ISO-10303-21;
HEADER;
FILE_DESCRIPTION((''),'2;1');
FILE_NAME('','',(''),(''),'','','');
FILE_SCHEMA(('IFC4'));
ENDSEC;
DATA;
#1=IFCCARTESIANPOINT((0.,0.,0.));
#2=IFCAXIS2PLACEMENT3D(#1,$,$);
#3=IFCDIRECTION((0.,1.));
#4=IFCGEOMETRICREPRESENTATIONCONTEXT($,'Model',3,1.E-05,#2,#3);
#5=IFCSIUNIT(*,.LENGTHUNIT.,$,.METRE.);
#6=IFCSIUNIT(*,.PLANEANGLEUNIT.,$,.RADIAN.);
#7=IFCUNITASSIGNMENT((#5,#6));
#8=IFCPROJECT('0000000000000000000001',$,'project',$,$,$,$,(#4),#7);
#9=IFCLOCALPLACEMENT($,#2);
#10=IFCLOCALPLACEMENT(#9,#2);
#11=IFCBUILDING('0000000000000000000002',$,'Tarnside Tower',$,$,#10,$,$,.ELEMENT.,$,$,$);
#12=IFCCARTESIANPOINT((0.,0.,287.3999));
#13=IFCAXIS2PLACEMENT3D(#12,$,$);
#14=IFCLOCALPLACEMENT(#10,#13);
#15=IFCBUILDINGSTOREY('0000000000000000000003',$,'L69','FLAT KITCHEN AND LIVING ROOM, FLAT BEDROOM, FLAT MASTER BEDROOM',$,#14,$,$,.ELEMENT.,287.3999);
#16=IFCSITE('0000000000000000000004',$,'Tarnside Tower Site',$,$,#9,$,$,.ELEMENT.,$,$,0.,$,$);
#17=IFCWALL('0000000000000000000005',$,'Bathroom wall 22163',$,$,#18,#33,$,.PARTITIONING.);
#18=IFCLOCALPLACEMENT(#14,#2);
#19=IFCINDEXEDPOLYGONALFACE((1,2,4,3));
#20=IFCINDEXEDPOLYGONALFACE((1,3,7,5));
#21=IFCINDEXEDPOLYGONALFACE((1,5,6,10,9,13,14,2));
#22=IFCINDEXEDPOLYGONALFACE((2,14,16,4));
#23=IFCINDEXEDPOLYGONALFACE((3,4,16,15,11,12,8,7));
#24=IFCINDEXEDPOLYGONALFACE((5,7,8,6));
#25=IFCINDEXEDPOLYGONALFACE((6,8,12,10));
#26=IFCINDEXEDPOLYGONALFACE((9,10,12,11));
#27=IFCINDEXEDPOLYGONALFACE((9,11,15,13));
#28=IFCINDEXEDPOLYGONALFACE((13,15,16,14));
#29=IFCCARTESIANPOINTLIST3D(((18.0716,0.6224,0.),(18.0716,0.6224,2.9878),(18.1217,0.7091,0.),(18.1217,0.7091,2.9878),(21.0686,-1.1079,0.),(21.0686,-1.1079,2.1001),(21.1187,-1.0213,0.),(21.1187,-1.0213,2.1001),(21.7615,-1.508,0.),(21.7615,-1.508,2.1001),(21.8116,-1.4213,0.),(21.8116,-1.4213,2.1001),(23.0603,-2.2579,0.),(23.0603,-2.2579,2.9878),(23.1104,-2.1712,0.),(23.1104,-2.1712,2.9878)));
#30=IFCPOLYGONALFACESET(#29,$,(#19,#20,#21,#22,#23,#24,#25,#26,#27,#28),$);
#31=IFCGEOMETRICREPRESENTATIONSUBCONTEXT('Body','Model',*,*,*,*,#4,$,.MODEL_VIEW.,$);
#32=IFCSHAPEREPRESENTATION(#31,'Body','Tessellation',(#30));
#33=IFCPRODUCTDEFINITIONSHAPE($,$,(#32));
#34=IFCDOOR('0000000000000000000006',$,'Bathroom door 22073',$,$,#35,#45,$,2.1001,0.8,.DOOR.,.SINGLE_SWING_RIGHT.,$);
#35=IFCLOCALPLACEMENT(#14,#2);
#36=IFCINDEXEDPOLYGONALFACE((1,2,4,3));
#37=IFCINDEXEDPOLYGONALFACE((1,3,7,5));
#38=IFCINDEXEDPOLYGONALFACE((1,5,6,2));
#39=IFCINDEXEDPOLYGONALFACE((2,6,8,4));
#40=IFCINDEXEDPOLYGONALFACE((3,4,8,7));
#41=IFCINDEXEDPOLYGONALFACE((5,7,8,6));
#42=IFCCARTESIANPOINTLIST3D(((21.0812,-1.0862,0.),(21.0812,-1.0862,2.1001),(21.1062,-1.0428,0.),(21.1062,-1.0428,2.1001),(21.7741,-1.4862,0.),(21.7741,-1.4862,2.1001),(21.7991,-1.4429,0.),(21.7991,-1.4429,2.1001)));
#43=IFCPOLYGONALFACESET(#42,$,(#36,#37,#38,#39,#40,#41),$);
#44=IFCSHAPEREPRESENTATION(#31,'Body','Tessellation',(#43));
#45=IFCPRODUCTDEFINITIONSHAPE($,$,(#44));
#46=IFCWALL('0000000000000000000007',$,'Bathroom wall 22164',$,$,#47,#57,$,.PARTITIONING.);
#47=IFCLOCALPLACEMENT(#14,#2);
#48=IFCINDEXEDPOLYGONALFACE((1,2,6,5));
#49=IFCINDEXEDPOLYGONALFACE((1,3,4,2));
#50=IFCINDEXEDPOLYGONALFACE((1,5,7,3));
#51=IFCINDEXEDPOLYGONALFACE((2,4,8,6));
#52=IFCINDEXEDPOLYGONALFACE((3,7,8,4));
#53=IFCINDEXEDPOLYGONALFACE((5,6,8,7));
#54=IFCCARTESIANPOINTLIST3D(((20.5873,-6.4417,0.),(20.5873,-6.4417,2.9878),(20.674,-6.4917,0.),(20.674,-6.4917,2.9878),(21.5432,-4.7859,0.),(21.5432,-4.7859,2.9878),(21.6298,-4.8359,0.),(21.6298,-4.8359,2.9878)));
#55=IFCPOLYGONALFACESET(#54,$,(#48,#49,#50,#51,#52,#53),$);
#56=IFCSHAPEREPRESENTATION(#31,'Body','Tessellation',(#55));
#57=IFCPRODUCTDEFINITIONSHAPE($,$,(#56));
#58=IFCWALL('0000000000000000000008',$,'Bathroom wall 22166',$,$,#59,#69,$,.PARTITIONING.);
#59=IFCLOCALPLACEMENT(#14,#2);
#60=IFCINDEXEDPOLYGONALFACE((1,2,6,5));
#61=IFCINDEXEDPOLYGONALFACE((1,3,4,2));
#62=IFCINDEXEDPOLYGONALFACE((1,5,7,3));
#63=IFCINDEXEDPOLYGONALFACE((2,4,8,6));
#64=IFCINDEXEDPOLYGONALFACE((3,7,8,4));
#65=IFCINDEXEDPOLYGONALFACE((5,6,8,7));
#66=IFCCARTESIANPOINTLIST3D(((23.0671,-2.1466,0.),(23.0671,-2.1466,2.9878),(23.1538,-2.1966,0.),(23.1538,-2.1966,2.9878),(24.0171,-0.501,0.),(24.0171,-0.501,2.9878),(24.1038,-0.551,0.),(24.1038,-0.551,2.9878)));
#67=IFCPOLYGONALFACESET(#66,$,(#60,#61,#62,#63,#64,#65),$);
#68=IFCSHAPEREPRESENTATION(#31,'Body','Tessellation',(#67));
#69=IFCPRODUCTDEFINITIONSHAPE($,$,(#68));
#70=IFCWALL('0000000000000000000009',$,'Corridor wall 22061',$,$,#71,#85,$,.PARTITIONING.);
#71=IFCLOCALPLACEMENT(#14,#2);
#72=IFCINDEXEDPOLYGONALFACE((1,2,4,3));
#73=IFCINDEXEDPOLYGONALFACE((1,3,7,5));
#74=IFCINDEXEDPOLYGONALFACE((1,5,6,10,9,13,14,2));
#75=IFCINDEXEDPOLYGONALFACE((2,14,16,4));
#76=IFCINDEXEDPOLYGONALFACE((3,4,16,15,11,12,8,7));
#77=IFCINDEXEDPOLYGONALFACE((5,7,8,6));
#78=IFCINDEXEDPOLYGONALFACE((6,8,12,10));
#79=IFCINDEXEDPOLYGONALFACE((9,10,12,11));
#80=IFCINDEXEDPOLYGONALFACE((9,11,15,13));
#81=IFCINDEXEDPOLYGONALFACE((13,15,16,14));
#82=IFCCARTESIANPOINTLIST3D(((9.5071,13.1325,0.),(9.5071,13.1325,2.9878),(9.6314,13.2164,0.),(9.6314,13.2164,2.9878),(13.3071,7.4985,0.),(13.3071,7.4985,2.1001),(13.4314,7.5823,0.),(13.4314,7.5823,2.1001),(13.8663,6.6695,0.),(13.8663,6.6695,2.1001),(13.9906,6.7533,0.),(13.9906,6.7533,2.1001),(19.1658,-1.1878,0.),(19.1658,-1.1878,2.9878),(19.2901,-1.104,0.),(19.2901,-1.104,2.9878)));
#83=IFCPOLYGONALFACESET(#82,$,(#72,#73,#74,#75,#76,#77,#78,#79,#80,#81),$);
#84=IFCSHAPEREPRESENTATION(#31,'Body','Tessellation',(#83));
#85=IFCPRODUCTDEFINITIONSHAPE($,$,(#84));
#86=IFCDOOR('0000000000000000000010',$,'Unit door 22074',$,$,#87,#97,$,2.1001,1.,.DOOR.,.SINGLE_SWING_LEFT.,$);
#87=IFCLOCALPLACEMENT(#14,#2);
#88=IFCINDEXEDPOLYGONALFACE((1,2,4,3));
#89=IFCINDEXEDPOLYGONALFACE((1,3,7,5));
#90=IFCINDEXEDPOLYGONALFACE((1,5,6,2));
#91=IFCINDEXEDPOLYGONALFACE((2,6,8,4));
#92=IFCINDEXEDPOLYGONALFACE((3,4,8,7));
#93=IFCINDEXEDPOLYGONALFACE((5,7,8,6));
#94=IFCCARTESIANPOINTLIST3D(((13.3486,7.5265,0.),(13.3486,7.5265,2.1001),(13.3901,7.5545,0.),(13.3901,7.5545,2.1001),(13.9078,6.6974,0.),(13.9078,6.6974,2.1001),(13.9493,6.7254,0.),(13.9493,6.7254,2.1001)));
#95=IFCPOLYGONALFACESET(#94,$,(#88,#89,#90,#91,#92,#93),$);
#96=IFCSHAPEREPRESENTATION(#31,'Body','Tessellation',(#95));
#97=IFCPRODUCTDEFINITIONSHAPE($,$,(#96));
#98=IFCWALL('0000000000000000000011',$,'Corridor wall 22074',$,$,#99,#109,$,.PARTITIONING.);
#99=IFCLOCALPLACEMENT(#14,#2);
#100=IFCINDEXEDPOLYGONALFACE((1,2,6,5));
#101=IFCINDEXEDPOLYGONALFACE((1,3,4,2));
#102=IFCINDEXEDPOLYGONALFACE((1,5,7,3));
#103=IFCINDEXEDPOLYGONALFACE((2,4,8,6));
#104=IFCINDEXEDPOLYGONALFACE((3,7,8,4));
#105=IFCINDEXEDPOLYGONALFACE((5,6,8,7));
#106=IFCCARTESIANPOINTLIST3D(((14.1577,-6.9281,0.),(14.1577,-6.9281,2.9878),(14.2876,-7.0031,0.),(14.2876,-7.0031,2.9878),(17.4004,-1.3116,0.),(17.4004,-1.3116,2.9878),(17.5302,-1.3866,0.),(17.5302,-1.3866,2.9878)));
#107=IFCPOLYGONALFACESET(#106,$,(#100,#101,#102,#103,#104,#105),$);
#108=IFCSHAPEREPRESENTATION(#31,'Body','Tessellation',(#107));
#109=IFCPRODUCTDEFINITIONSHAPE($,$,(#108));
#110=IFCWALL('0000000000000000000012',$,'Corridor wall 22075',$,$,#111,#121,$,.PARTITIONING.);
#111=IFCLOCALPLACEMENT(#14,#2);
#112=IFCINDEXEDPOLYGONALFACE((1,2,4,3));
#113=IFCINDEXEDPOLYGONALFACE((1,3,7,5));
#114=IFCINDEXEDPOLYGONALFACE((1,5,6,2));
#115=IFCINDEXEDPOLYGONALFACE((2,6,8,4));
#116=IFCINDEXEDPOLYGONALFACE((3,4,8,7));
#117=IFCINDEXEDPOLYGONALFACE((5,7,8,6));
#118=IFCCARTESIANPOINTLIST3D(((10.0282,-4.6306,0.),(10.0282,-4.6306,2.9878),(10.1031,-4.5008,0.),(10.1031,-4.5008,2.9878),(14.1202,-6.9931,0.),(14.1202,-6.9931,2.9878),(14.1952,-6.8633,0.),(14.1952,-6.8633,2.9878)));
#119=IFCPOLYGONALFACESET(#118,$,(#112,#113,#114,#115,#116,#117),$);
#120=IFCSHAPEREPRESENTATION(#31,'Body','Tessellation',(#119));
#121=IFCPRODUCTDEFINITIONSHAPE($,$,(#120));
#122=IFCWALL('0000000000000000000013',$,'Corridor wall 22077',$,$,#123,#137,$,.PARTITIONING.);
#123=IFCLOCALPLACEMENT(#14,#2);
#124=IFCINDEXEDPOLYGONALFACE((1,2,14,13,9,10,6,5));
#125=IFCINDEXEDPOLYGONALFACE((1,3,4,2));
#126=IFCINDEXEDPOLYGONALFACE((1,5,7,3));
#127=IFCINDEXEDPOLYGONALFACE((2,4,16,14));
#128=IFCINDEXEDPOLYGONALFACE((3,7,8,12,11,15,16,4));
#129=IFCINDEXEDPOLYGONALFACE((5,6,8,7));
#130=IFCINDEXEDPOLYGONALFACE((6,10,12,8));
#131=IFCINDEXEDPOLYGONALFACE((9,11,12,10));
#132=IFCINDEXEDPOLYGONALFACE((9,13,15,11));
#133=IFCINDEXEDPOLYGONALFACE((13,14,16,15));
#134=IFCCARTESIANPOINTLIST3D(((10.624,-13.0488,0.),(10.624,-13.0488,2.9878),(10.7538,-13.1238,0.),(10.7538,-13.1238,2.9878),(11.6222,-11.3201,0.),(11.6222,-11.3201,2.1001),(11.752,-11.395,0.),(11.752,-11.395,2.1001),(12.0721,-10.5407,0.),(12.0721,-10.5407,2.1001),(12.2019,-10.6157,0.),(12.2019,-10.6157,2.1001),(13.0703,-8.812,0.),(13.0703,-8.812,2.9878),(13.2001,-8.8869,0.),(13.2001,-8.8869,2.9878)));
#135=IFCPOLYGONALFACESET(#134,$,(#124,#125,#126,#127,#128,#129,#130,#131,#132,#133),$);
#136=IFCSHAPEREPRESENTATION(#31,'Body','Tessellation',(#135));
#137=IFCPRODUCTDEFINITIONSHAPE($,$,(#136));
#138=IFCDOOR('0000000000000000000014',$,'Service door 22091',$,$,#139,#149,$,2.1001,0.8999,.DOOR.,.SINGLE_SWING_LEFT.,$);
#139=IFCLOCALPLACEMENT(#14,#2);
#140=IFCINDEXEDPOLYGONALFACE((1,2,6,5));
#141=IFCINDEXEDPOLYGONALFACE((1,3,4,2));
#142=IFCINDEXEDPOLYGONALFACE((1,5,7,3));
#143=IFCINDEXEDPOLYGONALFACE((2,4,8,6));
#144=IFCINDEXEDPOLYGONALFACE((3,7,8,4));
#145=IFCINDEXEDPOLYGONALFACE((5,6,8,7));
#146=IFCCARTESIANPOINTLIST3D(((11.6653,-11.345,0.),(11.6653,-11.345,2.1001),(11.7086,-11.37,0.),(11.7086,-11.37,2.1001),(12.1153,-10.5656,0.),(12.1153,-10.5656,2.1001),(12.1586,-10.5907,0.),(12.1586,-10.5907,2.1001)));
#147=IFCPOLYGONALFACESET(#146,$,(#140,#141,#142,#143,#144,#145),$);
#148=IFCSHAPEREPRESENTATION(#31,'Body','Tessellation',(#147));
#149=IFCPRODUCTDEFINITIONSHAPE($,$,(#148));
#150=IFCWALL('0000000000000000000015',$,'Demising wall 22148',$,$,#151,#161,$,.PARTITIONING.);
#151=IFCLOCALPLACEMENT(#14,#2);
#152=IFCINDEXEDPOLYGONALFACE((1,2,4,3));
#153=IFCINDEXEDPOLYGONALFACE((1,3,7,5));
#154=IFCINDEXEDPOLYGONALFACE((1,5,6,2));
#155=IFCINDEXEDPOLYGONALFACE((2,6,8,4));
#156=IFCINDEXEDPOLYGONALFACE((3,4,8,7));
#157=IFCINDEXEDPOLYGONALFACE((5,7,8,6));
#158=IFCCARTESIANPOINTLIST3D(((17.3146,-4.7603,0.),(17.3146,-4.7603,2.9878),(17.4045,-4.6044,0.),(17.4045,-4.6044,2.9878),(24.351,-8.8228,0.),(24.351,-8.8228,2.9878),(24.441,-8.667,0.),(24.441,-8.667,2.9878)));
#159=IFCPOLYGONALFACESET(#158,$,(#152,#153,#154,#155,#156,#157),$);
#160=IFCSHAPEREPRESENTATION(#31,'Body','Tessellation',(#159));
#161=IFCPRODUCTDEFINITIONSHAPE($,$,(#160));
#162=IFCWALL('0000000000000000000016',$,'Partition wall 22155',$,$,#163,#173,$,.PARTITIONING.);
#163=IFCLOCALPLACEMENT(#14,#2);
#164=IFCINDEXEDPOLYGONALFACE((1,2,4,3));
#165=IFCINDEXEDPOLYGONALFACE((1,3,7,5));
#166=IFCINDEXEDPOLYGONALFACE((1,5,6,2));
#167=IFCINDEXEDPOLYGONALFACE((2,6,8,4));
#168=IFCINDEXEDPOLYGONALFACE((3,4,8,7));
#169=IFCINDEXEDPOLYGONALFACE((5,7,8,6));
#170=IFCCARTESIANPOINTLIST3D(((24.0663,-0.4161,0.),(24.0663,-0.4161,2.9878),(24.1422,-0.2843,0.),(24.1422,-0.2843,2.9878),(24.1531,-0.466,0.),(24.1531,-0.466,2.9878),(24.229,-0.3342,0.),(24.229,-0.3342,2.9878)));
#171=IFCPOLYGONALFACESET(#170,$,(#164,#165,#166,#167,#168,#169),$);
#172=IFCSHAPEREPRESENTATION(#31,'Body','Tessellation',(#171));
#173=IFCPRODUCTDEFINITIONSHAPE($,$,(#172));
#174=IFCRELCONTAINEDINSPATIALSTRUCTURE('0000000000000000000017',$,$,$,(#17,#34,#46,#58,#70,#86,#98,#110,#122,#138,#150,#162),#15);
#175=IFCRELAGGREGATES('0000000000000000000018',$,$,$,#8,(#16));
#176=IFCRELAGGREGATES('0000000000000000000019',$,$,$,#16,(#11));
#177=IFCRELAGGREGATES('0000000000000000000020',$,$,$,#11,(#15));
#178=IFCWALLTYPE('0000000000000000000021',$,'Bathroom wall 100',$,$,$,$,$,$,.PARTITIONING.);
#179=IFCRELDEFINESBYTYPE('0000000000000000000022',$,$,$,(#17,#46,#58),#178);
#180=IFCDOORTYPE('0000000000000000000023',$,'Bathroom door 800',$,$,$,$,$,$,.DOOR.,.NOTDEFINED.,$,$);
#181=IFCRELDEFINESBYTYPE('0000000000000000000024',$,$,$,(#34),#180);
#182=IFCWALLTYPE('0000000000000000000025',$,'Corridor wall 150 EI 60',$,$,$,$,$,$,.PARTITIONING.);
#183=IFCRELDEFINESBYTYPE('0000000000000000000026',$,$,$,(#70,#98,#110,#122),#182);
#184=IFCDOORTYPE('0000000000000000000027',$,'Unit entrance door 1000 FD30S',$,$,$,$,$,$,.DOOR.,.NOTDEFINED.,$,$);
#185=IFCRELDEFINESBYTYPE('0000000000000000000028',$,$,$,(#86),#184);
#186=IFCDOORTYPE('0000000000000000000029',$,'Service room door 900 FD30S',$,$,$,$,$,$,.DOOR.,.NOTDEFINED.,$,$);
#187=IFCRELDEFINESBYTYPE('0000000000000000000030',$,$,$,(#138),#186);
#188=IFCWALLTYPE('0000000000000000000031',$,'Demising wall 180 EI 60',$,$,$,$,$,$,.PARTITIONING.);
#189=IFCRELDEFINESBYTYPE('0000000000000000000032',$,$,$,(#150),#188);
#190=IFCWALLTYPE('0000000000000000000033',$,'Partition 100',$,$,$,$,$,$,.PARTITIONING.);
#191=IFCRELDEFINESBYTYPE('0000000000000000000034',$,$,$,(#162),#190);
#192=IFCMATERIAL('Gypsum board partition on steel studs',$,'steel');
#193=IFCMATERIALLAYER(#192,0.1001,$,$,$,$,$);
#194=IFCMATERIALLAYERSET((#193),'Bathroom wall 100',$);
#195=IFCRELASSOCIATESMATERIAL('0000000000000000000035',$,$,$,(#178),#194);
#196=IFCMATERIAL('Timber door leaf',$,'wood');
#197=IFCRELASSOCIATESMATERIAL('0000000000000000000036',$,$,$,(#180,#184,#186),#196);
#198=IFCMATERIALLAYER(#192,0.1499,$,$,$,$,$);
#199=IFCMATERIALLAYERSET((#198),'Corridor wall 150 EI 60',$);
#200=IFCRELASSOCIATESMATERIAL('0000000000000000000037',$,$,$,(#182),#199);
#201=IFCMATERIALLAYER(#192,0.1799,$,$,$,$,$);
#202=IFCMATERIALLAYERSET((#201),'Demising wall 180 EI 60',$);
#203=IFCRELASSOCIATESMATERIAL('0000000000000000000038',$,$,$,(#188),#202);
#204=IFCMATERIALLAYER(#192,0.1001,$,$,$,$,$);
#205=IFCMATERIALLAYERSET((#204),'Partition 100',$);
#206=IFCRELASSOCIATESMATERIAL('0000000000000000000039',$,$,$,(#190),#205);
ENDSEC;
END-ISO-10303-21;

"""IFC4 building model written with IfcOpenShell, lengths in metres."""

from ifc_helpers import new_model, si_unit, direction, frame, frame_2d, origin, place, context, subcontext, project, spatial, rectangle, extrude, material, layer, layer_set, type_object, element, fill, save


model = new_model("IFC4")

# Units and contexts
model_context = context("Model", 3, precision=1e-05, world=origin(), true_north=direction((0.0, 1.0)))
body_context = subcontext(model_context, "Body", "Model", "MODEL_VIEW")
ifc_project = project(units=[si_unit("LENGTHUNIT", "METRE"), si_unit("PLANEANGLEUNIT", "RADIAN")], contexts=[model_context])

# Site, building, storey
site_placement = place(None, origin())
site = spatial("IfcSite", under=ifc_project, at=site_placement, Name="Tarnside Tower Site", CompositionType="ELEMENT", RefElevation=0.0)
building_placement = place(site_placement, origin())
building = spatial("IfcBuilding", under=site, at=building_placement, Name="Tarnside Tower", CompositionType="ELEMENT")
storey_placement = place(building_placement, frame((0.0, 0.0, 287.3999)))
storey = spatial("IfcBuildingStorey", under=building, at=storey_placement, Name="L69", Description="FLAT KITCHEN AND LIVING ROOM, FLAT BEDROOM, FLAT MASTER BEDROOM", CompositionType="ELEMENT", Elevation=287.3999)

# Shared definitions
ifc_material_1 = material(Name="Gypsum board partition on steel studs", Category="steel")
ifc_layer_1 = layer(ifc_material_1, 0.1001)
ifc_layer_set_1 = layer_set([ifc_layer_1], Name="Bathroom wall 100")
wall_type_1 = type_object("IfcWallType", Name="Bathroom wall 100", PredefinedType="PARTITIONING", material=ifc_layer_set_1)

# Wall, opening, door
ifc_material_2 = material(Name="Timber door leaf", Category="wood")
door_type_1 = type_object("IfcDoorType", Name="Bathroom door 800", OperationType="NOTDEFINED", PredefinedType="DOOR", material=ifc_material_2)
wall_1_placement = place(storey_placement, frame((23.0854, -2.2146, 0.0), z_axis=(0.0, 0.0, 1.0), x_axis=(-0.866018, 0.500013, 0.0)))
wall_1 = element("IfcWall", 1, at=wall_1_placement, inside=storey, type_object=wall_type_1, Name="Bathroom wall 22163", PredefinedType="PARTITIONING", context=body_context, shape_type="SweptSolid", body=[
    extrude(rectangle(XDim=5.7605, YDim=0.1001, at=frame_2d((2.8804, 0.0))), origin(), (0.0, 0.0, 1.0), 2.9878),
])
opening_1_placement = place(wall_1_placement, frame((1.5, 0.0, 0.0)))
opening_1 = element("IfcOpeningElement", 2, at=opening_1_placement, cuts=wall_1, PredefinedType="OPENING", context=body_context, shape_type="SweptSolid", body=[
    extrude(rectangle(XDim=0.8, YDim=2.1001, at=frame_2d((0.3999, 1.05))), frame((0.0, 0.0601, 0.0), z_axis=(0.0, -1.0, 0.0), x_axis=(1.0, 0.0, 0.0)), (0.0, 0.0, 1.0), 0.1201),
])
door_1_placement = place(opening_1_placement, origin())
door_1 = element("IfcDoor", 3, at=door_1_placement, inside=storey, type_object=door_type_1, Name="Bathroom door 22073", OperationType="SINGLE_SWING_RIGHT", OverallHeight=2.1001, OverallWidth=0.8, PredefinedType="DOOR", context=body_context, shape_type="SweptSolid", body=[
    extrude(rectangle(XDim=0.8, YDim=2.1001, at=frame_2d((0.3999, 1.05))), frame((0.0, 0.0249, 0.0), z_axis=(0.0, -1.0, 0.0), x_axis=(1.0, 0.0, 0.0)), (0.0, 0.0, 1.0), 0.05),
])
fill(opening_1, door_1)

# Walls
wall_2_placement = place(storey_placement, frame((20.6306, -6.4668, 0.0), z_axis=(0.0, 0.0, 1.0), x_axis=(0.499944, 0.866058, 0.0)))
element("IfcWall", 4, at=wall_2_placement, inside=storey, type_object=wall_type_1, Name="Bathroom wall 22164", PredefinedType="PARTITIONING", context=body_context, shape_type="SweptSolid", body=[
    extrude(rectangle(XDim=1.9119, YDim=0.1001, at=frame_2d((0.9561, 0.0))), origin(), (0.0, 0.0, 1.0), 2.9878),
])
wall_3_placement = place(storey_placement, frame((24.0605, -0.5259, 0.0), z_axis=(0.0, 0.0, 1.0), x_axis=(-0.499967, -0.866044, 0.0)))
element("IfcWall", 5, at=wall_3_placement, inside=storey, type_object=wall_type_1, Name="Bathroom wall 22166", PredefinedType="PARTITIONING", context=body_context, shape_type="SweptSolid", body=[
    extrude(rectangle(XDim=1.9001, YDim=0.1001, at=frame_2d((0.9502, 0.0))), origin(), (0.0, 0.0, 1.0), 2.9878),
])

# Wall, opening, door
ifc_layer_2 = layer(ifc_material_1, 0.1499)
ifc_layer_set_2 = layer_set([ifc_layer_2], Name="Corridor wall 150 EI 60")
wall_type_2 = type_object("IfcWallType", Name="Corridor wall 150 EI 60", PredefinedType="PARTITIONING", material=ifc_layer_set_2)
wall_4_placement = place(storey_placement, frame((19.228, -1.146, 0.0), z_axis=(0.0, 0.0, 1.0), x_axis=(-0.559174, 0.82905, 0.0)))
wall_4 = element("IfcWall", 6, at=wall_4_placement, inside=storey, type_object=wall_type_2, Name="Corridor wall 22061", PredefinedType="PARTITIONING", context=body_context, shape_type="SweptSolid", body=[
    extrude(rectangle(XDim=17.2732, YDim=0.1499, at=frame_2d((8.6367, 0.0))), origin(), (0.0, 0.0, 1.0), 2.9878),
])
opening_2_placement = place(wall_4_placement, frame((9.4775, 0.0, 0.0)))
opening_2 = element("IfcOpeningElement", 7, at=opening_2_placement, cuts=wall_4, PredefinedType="OPENING", context=body_context, shape_type="SweptSolid", body=[
    extrude(rectangle(XDim=1.0, YDim=2.1001, at=frame_2d((0.5, 1.05))), frame((0.0, 0.085, 0.0), z_axis=(0.0, -1.0, 0.0), x_axis=(1.0, 0.0, 0.0)), (0.0, 0.0, 1.0), 0.1699),
])
door_type_2 = type_object("IfcDoorType", Name="Unit entrance door 1000 FD30S", OperationType="NOTDEFINED", PredefinedType="DOOR", material=ifc_material_2)
door_2_placement = place(opening_2_placement, origin())
door_2 = element("IfcDoor", 8, at=door_2_placement, inside=storey, type_object=door_type_2, Name="Unit door 22074", OperationType="SINGLE_SWING_LEFT", OverallHeight=2.1001, OverallWidth=1.0, PredefinedType="DOOR", context=body_context, shape_type="SweptSolid", body=[
    extrude(rectangle(XDim=1.0, YDim=2.1001, at=frame_2d((0.5, 1.05))), frame((0.0, 0.0249, 0.0), z_axis=(0.0, -1.0, 0.0), x_axis=(1.0, 0.0, 0.0)), (0.0, 0.0, 1.0), 0.05),
])
fill(opening_2, door_2)

# Walls
wall_5_placement = place(storey_placement, frame((17.4653, -1.3491, 0.0), z_axis=(0.0, 0.0, 1.0), x_axis=(-0.500002, -0.866024, 0.0)))
element("IfcWall", 9, at=wall_5_placement, inside=storey, type_object=wall_type_2, Name="Corridor wall 22074", PredefinedType="PARTITIONING", context=body_context, shape_type="SweptSolid", body=[
    extrude(rectangle(XDim=6.4854, YDim=0.1499, at=frame_2d((3.2427, 0.0))), origin(), (0.0, 0.0, 1.0), 2.9878),
])
wall_6_placement = place(storey_placement, frame((14.1577, -6.9282, 0.0), z_axis=(0.0, 0.0, 1.0), x_axis=(-0.866025, 0.500001, 0.0)))
element("IfcWall", 10, at=wall_6_placement, inside=storey, type_object=wall_type_2, Name="Corridor wall 22075", PredefinedType="PARTITIONING", context=body_context, shape_type="SweptSolid", body=[
    extrude(rectangle(XDim=4.7251, YDim=0.1499, at=frame_2d((2.3625, 0.0))), origin(), (0.0, 0.0, 1.0), 2.9878),
])

# Wall, opening, door
wall_7_placement = place(storey_placement, frame((13.1353, -8.8494, 0.0), z_axis=(0.0, 0.0, 1.0), x_axis=(-0.500025, -0.866011, 0.0)))
wall_7 = element("IfcWall", 11, at=wall_7_placement, inside=storey, type_object=wall_type_2, Name="Corridor wall 22077", PredefinedType="PARTITIONING", context=body_context, shape_type="SweptSolid", body=[
    extrude(rectangle(XDim=4.8923, YDim=0.1499, at=frame_2d((2.4463, 0.0))), origin(), (0.0, 0.0, 1.0), 2.9878),
])
opening_3_placement = place(wall_7_placement, frame((1.9963, 0.0, 0.0)))
opening_3 = element("IfcOpeningElement", 12, at=opening_3_placement, cuts=wall_7, PredefinedType="OPENING", context=body_context, shape_type="SweptSolid", body=[
    extrude(rectangle(XDim=0.8999, YDim=2.1001, at=frame_2d((0.45, 1.05))), frame((0.0, 0.085, 0.0), z_axis=(0.0, -1.0, 0.0), x_axis=(1.0, 0.0, 0.0)), (0.0, 0.0, 1.0), 0.1699),
])
door_type_3 = type_object("IfcDoorType", Name="Service room door 900 FD30S", OperationType="NOTDEFINED", PredefinedType="DOOR", material=ifc_material_2)
door_3_placement = place(opening_3_placement, origin())
door_3 = element("IfcDoor", 13, at=door_3_placement, inside=storey, type_object=door_type_3, Name="Service door 22091", OperationType="SINGLE_SWING_LEFT", OverallHeight=2.1001, OverallWidth=0.8999, PredefinedType="DOOR", context=body_context, shape_type="SweptSolid", body=[
    extrude(rectangle(XDim=0.8999, YDim=2.1001, at=frame_2d((0.45, 1.05))), frame((0.0, 0.0249, 0.0), z_axis=(0.0, -1.0, 0.0), x_axis=(1.0, 0.0, 0.0)), (0.0, 0.0, 1.0), 0.05),
])
fill(opening_3, door_3)

# Walls
ifc_layer_3 = layer(ifc_material_1, 0.1799)
ifc_layer_set_3 = layer_set([ifc_layer_3], Name="Demising wall 180 EI 60")
wall_type_3 = type_object("IfcWallType", Name="Demising wall 180 EI 60", PredefinedType="PARTITIONING", material=ifc_layer_set_3)
wall_8_placement = place(storey_placement, frame((24.396, -8.7449, 0.0), z_axis=(0.0, 0.0, 1.0), x_axis=(-0.866023, 0.500004, 0.0)))
element("IfcWall", 14, at=wall_8_placement, inside=storey, type_object=wall_type_3, Name="Demising wall 22148", PredefinedType="PARTITIONING", context=body_context, shape_type="SweptSolid", body=[
    extrude(rectangle(XDim=8.125, YDim=0.1799, at=frame_2d((4.0625, 0.0))), origin(), (0.0, 0.0, 1.0), 2.9878),
])
ifc_layer_4 = layer(ifc_material_1, 0.1001)
ifc_layer_set_4 = layer_set([ifc_layer_4], Name="Partition 100")
wall_type_4 = type_object("IfcWallType", Name="Partition 100", PredefinedType="PARTITIONING", material=ifc_layer_set_4)
wall_9_placement = place(storey_placement, frame((24.1096, -0.4412, 0.0), z_axis=(0.0, 0.0, 1.0), x_axis=(0.499074, 0.866559, 0.0)))
element("IfcWall", 15, at=wall_9_placement, inside=storey, type_object=wall_type_4, Name="Partition wall 22155", PredefinedType="PARTITIONING", context=body_context, shape_type="SweptSolid", body=[
    extrude(rectangle(XDim=0.1521, YDim=0.1001, at=frame_2d((0.0762, 0.0))), origin(), (0.0, 0.0, 1.0), 2.9878),
])

save(model, "model.ifc")
